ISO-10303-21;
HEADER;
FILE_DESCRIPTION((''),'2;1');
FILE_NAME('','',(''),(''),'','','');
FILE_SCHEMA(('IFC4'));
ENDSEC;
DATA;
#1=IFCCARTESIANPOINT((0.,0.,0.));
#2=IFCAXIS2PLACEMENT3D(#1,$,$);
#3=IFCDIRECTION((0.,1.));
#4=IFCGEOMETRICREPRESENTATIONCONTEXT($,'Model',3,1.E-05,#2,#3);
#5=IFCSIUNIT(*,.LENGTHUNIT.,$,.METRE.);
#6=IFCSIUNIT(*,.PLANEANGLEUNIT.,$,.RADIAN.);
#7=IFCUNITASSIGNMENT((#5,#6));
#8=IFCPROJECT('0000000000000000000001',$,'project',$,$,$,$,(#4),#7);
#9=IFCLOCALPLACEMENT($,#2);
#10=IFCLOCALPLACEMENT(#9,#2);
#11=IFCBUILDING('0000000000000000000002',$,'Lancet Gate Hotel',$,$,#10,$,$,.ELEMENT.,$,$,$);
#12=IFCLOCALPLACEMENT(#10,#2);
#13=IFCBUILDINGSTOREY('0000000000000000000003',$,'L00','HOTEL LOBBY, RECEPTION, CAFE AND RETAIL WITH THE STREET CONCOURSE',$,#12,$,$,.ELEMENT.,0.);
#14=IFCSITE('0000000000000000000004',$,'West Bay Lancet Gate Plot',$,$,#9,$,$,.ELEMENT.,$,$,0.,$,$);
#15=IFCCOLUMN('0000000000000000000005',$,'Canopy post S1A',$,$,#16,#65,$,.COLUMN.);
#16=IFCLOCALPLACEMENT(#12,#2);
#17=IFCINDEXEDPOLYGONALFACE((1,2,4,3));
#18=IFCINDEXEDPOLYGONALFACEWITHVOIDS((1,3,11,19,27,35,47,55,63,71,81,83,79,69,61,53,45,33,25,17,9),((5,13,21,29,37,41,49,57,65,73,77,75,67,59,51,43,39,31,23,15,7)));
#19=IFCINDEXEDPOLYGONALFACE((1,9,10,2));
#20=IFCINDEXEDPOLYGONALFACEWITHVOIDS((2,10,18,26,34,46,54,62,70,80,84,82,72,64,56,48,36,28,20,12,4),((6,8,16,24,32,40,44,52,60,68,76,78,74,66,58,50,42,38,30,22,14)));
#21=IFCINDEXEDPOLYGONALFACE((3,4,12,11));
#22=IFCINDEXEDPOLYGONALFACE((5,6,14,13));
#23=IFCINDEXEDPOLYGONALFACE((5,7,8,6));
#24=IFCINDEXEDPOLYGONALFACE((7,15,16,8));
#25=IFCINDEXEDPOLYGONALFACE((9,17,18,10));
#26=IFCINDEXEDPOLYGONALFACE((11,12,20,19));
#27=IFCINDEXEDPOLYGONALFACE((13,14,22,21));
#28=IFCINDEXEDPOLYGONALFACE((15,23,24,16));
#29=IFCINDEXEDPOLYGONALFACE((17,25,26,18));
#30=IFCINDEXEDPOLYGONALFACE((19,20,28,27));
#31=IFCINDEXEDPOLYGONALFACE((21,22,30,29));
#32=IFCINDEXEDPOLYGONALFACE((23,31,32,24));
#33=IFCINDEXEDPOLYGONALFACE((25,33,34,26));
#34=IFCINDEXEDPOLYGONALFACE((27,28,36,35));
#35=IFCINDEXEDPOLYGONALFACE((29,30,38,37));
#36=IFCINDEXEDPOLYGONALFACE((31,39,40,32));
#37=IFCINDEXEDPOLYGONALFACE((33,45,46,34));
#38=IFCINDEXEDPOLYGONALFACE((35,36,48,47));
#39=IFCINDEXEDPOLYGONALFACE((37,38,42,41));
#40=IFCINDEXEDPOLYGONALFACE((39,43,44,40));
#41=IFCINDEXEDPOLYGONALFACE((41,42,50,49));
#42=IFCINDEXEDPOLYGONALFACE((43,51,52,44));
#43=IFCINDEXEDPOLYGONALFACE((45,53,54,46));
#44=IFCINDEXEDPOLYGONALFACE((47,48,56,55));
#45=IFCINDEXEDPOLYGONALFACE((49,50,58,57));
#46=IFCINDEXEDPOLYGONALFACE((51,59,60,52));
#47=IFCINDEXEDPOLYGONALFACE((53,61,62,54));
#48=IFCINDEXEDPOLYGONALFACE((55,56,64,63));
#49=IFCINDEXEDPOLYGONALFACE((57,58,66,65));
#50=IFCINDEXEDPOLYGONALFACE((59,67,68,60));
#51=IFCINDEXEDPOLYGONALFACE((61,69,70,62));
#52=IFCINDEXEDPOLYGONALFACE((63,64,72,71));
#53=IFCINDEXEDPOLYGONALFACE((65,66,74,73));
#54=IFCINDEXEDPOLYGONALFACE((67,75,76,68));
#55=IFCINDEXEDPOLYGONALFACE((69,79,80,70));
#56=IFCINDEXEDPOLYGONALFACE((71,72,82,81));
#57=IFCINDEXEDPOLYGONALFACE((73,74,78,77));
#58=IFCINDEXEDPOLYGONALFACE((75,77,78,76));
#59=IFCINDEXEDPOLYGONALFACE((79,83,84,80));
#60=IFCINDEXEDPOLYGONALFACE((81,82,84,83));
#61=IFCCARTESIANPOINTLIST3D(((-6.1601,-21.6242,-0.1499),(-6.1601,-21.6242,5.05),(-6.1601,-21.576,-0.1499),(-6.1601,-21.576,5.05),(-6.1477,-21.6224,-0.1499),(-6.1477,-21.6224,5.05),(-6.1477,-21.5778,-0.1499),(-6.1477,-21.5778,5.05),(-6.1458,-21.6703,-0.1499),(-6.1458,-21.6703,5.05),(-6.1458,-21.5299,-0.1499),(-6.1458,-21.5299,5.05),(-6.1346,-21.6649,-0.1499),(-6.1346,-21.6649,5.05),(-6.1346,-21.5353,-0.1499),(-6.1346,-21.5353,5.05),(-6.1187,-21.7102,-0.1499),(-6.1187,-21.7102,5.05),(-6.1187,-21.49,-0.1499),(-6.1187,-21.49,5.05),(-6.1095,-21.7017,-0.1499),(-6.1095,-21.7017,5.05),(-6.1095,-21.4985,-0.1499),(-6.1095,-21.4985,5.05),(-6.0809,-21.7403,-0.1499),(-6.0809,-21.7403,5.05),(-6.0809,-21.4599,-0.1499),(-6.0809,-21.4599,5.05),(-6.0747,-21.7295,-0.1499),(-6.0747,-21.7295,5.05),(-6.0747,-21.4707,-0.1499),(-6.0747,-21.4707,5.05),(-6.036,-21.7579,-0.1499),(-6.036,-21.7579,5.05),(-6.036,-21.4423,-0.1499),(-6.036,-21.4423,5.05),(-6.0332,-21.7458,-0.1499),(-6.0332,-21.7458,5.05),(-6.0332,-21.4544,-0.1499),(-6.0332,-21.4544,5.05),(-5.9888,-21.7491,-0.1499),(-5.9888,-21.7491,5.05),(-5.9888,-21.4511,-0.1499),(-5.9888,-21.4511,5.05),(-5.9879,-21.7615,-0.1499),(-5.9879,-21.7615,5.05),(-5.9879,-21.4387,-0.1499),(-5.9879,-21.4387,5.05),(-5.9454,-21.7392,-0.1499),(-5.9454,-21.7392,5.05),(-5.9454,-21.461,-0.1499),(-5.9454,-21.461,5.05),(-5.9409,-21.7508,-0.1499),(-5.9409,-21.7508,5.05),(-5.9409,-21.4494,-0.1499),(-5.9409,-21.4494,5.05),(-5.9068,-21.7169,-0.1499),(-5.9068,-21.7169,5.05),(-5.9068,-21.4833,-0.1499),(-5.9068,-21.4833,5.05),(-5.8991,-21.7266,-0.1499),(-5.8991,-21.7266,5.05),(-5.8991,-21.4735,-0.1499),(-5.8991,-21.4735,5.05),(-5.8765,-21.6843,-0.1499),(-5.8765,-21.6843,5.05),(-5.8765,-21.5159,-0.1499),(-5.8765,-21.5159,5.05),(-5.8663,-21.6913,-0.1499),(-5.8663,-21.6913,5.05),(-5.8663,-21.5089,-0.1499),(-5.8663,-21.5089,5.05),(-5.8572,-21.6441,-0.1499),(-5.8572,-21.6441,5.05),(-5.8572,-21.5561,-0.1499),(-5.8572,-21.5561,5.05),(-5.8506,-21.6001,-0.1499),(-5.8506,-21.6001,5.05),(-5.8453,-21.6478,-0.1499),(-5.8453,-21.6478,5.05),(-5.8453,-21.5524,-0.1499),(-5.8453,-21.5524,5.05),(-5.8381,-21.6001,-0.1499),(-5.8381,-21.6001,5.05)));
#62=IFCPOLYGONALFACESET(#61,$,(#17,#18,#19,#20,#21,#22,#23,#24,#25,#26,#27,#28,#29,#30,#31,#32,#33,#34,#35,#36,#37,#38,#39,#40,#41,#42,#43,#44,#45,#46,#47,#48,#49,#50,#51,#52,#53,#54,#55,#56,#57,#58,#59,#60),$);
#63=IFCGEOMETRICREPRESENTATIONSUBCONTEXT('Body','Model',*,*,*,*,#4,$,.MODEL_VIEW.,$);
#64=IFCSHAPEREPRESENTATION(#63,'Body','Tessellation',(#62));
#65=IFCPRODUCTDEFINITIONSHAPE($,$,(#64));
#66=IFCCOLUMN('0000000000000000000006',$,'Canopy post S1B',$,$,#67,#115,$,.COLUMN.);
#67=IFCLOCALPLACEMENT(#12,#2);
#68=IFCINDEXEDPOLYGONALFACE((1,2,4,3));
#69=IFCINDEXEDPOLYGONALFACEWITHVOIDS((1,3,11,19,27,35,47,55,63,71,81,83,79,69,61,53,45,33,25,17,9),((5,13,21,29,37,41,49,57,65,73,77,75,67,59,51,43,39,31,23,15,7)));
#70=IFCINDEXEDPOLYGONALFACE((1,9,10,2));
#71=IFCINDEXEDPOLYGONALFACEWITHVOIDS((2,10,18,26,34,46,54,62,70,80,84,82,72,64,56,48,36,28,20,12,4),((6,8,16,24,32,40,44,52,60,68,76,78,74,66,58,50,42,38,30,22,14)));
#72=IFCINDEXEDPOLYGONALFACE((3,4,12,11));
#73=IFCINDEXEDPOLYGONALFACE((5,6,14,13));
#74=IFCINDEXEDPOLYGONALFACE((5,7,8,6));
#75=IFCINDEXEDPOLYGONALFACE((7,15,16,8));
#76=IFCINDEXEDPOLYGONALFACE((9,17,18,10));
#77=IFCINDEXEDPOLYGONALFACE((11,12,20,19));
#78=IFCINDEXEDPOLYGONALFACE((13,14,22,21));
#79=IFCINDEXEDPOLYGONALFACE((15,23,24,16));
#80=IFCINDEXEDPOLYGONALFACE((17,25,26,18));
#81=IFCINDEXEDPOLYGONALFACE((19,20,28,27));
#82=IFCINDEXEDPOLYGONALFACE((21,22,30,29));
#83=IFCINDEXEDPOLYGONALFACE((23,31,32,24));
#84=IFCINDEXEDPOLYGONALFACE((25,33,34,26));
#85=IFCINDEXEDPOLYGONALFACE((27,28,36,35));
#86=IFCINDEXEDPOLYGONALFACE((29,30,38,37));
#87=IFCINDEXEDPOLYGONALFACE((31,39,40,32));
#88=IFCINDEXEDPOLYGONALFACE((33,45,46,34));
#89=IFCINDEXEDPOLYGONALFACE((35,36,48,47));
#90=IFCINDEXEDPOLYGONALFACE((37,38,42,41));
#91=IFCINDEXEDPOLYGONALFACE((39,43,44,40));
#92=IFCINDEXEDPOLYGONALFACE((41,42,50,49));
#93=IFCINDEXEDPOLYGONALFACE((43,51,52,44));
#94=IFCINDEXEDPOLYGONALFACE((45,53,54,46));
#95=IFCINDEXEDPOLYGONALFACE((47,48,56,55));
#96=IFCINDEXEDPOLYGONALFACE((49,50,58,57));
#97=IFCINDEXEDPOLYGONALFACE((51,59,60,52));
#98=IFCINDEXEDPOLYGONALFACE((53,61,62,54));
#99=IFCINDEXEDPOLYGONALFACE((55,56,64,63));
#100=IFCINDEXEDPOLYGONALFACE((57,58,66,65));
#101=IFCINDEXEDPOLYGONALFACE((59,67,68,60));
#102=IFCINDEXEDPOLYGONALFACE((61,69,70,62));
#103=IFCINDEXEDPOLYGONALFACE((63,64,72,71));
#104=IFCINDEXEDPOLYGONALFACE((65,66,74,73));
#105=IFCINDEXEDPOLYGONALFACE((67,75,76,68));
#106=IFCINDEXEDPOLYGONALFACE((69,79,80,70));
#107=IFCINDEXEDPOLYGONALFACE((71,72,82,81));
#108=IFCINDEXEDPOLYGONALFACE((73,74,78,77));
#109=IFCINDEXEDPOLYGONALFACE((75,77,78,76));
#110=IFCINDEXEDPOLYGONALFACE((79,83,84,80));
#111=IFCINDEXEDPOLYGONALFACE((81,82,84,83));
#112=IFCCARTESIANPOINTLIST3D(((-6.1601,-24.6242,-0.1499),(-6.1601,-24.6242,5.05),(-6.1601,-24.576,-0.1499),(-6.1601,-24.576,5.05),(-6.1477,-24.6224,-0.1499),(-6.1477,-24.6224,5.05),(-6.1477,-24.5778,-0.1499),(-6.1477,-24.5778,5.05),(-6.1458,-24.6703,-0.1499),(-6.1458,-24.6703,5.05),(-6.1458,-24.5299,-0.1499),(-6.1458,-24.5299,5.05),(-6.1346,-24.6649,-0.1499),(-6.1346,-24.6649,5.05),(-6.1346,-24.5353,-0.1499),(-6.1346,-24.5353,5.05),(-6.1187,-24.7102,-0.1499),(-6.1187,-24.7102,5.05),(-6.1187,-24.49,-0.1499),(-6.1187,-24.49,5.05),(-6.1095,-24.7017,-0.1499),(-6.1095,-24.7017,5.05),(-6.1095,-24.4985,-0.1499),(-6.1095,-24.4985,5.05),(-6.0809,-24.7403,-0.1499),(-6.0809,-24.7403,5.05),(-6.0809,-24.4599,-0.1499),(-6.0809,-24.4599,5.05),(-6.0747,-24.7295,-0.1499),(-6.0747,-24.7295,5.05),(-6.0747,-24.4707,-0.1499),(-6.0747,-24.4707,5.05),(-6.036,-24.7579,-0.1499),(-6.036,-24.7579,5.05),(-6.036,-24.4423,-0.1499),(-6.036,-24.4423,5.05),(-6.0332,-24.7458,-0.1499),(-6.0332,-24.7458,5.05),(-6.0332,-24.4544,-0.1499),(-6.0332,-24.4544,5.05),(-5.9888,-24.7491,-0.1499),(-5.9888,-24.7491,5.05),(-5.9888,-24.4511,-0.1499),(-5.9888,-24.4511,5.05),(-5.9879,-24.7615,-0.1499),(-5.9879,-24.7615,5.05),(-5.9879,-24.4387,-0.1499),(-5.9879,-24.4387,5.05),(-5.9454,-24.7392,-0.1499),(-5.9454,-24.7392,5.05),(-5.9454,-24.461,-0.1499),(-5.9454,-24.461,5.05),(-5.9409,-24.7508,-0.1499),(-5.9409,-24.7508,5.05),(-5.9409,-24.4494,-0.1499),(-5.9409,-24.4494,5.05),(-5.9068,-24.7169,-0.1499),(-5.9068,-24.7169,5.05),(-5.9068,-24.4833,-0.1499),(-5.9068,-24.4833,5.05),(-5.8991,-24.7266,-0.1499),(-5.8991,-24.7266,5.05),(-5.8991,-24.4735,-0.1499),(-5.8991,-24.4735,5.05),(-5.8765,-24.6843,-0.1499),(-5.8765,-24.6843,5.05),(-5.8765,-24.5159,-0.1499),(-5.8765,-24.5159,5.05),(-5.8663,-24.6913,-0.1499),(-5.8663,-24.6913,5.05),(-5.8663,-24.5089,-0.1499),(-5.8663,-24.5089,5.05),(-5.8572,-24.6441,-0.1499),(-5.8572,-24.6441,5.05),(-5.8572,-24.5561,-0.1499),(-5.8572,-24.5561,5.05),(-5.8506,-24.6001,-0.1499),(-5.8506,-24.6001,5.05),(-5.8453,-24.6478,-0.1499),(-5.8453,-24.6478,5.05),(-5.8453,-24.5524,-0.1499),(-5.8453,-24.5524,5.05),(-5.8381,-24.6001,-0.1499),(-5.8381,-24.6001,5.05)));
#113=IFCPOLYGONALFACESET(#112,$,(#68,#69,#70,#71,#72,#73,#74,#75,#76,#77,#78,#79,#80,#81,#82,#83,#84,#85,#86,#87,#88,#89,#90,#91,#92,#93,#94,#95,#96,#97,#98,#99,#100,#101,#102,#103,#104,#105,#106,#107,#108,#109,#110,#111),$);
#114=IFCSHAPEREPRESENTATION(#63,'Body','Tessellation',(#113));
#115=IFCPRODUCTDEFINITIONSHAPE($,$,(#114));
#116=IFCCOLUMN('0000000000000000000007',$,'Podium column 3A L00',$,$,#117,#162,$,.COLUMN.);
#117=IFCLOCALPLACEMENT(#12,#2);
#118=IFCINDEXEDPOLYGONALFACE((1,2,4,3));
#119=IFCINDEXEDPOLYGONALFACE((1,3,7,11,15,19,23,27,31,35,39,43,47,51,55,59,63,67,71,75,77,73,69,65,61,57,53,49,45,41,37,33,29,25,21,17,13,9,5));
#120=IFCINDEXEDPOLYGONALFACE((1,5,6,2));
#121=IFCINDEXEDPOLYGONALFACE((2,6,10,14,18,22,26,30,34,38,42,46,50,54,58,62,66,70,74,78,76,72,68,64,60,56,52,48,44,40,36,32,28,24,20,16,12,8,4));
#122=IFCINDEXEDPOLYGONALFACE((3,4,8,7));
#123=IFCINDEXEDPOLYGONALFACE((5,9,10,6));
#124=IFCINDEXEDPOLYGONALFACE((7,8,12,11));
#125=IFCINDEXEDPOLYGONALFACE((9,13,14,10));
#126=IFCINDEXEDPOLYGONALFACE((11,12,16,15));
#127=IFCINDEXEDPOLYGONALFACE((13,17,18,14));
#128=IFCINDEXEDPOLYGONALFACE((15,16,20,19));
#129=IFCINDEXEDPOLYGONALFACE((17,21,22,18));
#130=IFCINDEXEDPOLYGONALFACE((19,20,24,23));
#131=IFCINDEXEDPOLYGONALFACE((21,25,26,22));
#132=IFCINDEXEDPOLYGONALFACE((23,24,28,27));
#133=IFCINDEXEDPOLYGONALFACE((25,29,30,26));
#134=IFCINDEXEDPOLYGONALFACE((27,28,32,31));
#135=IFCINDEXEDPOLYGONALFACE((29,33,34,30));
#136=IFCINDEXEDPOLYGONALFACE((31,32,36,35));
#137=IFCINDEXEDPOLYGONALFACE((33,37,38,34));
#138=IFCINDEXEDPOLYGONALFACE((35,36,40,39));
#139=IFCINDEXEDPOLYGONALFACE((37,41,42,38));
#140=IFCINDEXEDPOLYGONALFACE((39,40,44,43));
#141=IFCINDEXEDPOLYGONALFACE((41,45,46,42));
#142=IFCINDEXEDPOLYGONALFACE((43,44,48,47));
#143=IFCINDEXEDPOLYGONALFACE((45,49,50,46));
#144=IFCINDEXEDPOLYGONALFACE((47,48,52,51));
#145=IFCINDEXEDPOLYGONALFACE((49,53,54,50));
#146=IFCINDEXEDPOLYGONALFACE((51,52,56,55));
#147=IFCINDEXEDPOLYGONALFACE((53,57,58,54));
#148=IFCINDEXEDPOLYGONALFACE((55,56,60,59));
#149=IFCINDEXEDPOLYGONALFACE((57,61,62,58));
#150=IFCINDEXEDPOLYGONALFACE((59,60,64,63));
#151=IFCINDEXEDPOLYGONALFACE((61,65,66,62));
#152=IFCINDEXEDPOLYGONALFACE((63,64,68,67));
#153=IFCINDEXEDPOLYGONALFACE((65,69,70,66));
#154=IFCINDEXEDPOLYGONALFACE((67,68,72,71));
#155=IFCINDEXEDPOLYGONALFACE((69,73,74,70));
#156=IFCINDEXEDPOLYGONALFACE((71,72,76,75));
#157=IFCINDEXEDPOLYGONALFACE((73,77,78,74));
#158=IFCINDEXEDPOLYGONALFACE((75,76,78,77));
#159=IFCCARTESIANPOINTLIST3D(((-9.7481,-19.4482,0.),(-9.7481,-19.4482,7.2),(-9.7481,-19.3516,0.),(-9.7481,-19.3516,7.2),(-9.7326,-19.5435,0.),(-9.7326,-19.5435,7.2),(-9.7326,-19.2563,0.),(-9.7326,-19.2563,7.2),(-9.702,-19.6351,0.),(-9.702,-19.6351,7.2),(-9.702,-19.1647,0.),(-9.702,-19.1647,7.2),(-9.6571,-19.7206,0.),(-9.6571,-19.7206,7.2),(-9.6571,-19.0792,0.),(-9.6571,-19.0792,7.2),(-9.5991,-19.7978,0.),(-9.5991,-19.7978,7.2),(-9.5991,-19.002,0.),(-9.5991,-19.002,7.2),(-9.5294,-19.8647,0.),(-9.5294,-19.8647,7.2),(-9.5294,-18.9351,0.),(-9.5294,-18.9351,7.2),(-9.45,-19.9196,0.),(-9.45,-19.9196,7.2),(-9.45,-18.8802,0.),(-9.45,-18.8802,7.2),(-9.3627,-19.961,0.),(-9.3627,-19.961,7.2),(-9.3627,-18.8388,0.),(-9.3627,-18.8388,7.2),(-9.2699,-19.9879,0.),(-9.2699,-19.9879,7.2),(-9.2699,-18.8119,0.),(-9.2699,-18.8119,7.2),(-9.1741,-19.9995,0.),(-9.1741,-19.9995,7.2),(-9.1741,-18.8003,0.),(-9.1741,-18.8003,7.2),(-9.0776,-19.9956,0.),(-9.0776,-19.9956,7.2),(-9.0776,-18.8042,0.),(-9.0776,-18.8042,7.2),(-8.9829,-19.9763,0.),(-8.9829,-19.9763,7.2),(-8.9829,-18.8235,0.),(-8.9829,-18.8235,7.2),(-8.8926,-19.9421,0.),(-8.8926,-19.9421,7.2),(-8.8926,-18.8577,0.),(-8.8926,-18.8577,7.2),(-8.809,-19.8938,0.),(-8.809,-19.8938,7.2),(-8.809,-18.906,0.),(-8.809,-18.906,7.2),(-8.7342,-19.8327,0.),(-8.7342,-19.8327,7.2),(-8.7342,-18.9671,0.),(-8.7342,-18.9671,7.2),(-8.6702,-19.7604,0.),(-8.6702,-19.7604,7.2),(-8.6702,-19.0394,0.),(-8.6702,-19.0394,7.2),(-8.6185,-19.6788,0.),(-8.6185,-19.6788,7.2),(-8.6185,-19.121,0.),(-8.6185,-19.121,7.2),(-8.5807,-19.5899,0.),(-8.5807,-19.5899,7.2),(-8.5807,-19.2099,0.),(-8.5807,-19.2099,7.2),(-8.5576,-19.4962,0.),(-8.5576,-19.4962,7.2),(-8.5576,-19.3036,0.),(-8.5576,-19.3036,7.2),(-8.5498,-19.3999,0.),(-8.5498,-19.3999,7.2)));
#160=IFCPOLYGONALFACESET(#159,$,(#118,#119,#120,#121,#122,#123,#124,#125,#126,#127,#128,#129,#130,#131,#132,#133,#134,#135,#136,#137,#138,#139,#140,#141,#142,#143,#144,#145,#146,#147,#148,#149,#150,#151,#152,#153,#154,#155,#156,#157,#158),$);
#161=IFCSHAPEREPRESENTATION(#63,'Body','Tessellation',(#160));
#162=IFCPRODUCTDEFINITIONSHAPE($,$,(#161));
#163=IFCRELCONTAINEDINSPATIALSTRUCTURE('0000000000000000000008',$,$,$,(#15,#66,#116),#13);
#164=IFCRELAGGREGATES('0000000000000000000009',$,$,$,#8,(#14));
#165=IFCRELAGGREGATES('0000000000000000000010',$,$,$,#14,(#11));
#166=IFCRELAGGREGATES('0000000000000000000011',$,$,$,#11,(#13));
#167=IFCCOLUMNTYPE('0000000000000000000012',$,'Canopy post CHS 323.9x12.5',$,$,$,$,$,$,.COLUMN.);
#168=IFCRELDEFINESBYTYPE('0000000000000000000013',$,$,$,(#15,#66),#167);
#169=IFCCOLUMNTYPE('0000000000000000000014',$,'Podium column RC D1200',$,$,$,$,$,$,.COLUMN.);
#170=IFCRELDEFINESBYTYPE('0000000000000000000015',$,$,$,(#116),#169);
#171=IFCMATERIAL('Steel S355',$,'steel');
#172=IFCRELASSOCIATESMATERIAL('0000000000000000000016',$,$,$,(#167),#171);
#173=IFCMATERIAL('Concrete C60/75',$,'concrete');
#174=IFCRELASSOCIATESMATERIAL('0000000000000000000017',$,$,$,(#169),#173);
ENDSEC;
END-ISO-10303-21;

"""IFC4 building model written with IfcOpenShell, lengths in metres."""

from ifc_helpers import new_model, si_unit, direction, frame, origin, origin_2d, place, context, subcontext, project, spatial, circle, hollow_circle, extrude, material, material_profile, profile_set, type_object, element, save


model = new_model("IFC4")

# Units and contexts
model_context = context("Model", 3, precision=1e-05, world=origin(), true_north=direction((0.0, 1.0)))
body_context = subcontext(model_context, "Body", "Model", "MODEL_VIEW")
ifc_project = project(units=[si_unit("LENGTHUNIT", "METRE"), si_unit("PLANEANGLEUNIT", "RADIAN")], contexts=[model_context])

# Site, building, storey
site_placement = place(None, origin())
site = spatial("IfcSite", under=ifc_project, at=site_placement, Name="West Bay Lancet Gate Plot", CompositionType="ELEMENT", RefElevation=0.0)
building_placement = place(site_placement, origin())
building = spatial("IfcBuilding", under=site, at=building_placement, Name="Lancet Gate Hotel", CompositionType="ELEMENT")
storey_placement = place(building_placement, origin())
storey = spatial("IfcBuildingStorey", under=building, at=storey_placement, Name="L00", Description="HOTEL LOBBY, RECEPTION, CAFE AND RETAIL WITH THE STREET CONCOURSE", CompositionType="ELEMENT", Elevation=0.0)

# Columns
ifc_material_1 = material(Name="Steel S355", Category="steel")
ifc_material_profile_1 = material_profile(ifc_material_1, hollow_circle(Radius=0.1619, WallThickness=0.0125, at=origin_2d()), Name="CHS 323.9x12.5")
ifc_profile_set_1 = profile_set([ifc_material_profile_1], Name="Steel S355")
column_type_1 = type_object("IfcColumnType", Name="Canopy post CHS 323.9x12.5", PredefinedType="COLUMN", material=ifc_profile_set_1)
for number, where, z_axis, x_axis, name in (
    (1, (-6.0, -21.6001, -0.1499), (0.0, 0.0, 1.0), (1.0, 0.0, 0.0), "Canopy post S1A"),
    (2, (-6.0, -24.6001, -0.1499), (0.0, 0.0, 1.0), (1.0, 0.0, 0.0), "Canopy post S1B"),
):
    element("IfcColumn", number, at=place(storey_placement, frame(where, z_axis=z_axis, x_axis=x_axis)), inside=storey, type_object=column_type_1, Name=name, PredefinedType="COLUMN", context=body_context, shape_type="SweptSolid", body=[
        extrude(hollow_circle(Radius=0.1619, WallThickness=0.0125, at=origin_2d()), origin(), (0.0, 0.0, 1.0), 5.2),
    ])
ifc_material_2 = material(Name="Concrete C60/75", Category="concrete")
ifc_material_profile_2 = material_profile(ifc_material_2, circle(Radius=0.6001, at=origin_2d()), Name="RC D1200")
ifc_profile_set_2 = profile_set([ifc_material_profile_2], Name="Concrete C60/75")
column_type_2 = type_object("IfcColumnType", Name="Podium column RC D1200", PredefinedType="COLUMN", material=ifc_profile_set_2)
for number, where, z_axis, x_axis, name in (
    (3, (-9.1499, -19.3999, 0.0), (0.0, 0.0, 1.0), (1.0, 0.0, 0.0), "Podium column 3A L00"),
):
    element("IfcColumn", number, at=place(storey_placement, frame(where, z_axis=z_axis, x_axis=x_axis)), inside=storey, type_object=column_type_2, Name=name, PredefinedType="COLUMN", context=body_context, shape_type="SweptSolid", body=[
        extrude(circle(Radius=0.6001, at=origin_2d()), origin(), (0.0, 0.0, 1.0), 7.2),
    ])

save(model, "model.ifc")
